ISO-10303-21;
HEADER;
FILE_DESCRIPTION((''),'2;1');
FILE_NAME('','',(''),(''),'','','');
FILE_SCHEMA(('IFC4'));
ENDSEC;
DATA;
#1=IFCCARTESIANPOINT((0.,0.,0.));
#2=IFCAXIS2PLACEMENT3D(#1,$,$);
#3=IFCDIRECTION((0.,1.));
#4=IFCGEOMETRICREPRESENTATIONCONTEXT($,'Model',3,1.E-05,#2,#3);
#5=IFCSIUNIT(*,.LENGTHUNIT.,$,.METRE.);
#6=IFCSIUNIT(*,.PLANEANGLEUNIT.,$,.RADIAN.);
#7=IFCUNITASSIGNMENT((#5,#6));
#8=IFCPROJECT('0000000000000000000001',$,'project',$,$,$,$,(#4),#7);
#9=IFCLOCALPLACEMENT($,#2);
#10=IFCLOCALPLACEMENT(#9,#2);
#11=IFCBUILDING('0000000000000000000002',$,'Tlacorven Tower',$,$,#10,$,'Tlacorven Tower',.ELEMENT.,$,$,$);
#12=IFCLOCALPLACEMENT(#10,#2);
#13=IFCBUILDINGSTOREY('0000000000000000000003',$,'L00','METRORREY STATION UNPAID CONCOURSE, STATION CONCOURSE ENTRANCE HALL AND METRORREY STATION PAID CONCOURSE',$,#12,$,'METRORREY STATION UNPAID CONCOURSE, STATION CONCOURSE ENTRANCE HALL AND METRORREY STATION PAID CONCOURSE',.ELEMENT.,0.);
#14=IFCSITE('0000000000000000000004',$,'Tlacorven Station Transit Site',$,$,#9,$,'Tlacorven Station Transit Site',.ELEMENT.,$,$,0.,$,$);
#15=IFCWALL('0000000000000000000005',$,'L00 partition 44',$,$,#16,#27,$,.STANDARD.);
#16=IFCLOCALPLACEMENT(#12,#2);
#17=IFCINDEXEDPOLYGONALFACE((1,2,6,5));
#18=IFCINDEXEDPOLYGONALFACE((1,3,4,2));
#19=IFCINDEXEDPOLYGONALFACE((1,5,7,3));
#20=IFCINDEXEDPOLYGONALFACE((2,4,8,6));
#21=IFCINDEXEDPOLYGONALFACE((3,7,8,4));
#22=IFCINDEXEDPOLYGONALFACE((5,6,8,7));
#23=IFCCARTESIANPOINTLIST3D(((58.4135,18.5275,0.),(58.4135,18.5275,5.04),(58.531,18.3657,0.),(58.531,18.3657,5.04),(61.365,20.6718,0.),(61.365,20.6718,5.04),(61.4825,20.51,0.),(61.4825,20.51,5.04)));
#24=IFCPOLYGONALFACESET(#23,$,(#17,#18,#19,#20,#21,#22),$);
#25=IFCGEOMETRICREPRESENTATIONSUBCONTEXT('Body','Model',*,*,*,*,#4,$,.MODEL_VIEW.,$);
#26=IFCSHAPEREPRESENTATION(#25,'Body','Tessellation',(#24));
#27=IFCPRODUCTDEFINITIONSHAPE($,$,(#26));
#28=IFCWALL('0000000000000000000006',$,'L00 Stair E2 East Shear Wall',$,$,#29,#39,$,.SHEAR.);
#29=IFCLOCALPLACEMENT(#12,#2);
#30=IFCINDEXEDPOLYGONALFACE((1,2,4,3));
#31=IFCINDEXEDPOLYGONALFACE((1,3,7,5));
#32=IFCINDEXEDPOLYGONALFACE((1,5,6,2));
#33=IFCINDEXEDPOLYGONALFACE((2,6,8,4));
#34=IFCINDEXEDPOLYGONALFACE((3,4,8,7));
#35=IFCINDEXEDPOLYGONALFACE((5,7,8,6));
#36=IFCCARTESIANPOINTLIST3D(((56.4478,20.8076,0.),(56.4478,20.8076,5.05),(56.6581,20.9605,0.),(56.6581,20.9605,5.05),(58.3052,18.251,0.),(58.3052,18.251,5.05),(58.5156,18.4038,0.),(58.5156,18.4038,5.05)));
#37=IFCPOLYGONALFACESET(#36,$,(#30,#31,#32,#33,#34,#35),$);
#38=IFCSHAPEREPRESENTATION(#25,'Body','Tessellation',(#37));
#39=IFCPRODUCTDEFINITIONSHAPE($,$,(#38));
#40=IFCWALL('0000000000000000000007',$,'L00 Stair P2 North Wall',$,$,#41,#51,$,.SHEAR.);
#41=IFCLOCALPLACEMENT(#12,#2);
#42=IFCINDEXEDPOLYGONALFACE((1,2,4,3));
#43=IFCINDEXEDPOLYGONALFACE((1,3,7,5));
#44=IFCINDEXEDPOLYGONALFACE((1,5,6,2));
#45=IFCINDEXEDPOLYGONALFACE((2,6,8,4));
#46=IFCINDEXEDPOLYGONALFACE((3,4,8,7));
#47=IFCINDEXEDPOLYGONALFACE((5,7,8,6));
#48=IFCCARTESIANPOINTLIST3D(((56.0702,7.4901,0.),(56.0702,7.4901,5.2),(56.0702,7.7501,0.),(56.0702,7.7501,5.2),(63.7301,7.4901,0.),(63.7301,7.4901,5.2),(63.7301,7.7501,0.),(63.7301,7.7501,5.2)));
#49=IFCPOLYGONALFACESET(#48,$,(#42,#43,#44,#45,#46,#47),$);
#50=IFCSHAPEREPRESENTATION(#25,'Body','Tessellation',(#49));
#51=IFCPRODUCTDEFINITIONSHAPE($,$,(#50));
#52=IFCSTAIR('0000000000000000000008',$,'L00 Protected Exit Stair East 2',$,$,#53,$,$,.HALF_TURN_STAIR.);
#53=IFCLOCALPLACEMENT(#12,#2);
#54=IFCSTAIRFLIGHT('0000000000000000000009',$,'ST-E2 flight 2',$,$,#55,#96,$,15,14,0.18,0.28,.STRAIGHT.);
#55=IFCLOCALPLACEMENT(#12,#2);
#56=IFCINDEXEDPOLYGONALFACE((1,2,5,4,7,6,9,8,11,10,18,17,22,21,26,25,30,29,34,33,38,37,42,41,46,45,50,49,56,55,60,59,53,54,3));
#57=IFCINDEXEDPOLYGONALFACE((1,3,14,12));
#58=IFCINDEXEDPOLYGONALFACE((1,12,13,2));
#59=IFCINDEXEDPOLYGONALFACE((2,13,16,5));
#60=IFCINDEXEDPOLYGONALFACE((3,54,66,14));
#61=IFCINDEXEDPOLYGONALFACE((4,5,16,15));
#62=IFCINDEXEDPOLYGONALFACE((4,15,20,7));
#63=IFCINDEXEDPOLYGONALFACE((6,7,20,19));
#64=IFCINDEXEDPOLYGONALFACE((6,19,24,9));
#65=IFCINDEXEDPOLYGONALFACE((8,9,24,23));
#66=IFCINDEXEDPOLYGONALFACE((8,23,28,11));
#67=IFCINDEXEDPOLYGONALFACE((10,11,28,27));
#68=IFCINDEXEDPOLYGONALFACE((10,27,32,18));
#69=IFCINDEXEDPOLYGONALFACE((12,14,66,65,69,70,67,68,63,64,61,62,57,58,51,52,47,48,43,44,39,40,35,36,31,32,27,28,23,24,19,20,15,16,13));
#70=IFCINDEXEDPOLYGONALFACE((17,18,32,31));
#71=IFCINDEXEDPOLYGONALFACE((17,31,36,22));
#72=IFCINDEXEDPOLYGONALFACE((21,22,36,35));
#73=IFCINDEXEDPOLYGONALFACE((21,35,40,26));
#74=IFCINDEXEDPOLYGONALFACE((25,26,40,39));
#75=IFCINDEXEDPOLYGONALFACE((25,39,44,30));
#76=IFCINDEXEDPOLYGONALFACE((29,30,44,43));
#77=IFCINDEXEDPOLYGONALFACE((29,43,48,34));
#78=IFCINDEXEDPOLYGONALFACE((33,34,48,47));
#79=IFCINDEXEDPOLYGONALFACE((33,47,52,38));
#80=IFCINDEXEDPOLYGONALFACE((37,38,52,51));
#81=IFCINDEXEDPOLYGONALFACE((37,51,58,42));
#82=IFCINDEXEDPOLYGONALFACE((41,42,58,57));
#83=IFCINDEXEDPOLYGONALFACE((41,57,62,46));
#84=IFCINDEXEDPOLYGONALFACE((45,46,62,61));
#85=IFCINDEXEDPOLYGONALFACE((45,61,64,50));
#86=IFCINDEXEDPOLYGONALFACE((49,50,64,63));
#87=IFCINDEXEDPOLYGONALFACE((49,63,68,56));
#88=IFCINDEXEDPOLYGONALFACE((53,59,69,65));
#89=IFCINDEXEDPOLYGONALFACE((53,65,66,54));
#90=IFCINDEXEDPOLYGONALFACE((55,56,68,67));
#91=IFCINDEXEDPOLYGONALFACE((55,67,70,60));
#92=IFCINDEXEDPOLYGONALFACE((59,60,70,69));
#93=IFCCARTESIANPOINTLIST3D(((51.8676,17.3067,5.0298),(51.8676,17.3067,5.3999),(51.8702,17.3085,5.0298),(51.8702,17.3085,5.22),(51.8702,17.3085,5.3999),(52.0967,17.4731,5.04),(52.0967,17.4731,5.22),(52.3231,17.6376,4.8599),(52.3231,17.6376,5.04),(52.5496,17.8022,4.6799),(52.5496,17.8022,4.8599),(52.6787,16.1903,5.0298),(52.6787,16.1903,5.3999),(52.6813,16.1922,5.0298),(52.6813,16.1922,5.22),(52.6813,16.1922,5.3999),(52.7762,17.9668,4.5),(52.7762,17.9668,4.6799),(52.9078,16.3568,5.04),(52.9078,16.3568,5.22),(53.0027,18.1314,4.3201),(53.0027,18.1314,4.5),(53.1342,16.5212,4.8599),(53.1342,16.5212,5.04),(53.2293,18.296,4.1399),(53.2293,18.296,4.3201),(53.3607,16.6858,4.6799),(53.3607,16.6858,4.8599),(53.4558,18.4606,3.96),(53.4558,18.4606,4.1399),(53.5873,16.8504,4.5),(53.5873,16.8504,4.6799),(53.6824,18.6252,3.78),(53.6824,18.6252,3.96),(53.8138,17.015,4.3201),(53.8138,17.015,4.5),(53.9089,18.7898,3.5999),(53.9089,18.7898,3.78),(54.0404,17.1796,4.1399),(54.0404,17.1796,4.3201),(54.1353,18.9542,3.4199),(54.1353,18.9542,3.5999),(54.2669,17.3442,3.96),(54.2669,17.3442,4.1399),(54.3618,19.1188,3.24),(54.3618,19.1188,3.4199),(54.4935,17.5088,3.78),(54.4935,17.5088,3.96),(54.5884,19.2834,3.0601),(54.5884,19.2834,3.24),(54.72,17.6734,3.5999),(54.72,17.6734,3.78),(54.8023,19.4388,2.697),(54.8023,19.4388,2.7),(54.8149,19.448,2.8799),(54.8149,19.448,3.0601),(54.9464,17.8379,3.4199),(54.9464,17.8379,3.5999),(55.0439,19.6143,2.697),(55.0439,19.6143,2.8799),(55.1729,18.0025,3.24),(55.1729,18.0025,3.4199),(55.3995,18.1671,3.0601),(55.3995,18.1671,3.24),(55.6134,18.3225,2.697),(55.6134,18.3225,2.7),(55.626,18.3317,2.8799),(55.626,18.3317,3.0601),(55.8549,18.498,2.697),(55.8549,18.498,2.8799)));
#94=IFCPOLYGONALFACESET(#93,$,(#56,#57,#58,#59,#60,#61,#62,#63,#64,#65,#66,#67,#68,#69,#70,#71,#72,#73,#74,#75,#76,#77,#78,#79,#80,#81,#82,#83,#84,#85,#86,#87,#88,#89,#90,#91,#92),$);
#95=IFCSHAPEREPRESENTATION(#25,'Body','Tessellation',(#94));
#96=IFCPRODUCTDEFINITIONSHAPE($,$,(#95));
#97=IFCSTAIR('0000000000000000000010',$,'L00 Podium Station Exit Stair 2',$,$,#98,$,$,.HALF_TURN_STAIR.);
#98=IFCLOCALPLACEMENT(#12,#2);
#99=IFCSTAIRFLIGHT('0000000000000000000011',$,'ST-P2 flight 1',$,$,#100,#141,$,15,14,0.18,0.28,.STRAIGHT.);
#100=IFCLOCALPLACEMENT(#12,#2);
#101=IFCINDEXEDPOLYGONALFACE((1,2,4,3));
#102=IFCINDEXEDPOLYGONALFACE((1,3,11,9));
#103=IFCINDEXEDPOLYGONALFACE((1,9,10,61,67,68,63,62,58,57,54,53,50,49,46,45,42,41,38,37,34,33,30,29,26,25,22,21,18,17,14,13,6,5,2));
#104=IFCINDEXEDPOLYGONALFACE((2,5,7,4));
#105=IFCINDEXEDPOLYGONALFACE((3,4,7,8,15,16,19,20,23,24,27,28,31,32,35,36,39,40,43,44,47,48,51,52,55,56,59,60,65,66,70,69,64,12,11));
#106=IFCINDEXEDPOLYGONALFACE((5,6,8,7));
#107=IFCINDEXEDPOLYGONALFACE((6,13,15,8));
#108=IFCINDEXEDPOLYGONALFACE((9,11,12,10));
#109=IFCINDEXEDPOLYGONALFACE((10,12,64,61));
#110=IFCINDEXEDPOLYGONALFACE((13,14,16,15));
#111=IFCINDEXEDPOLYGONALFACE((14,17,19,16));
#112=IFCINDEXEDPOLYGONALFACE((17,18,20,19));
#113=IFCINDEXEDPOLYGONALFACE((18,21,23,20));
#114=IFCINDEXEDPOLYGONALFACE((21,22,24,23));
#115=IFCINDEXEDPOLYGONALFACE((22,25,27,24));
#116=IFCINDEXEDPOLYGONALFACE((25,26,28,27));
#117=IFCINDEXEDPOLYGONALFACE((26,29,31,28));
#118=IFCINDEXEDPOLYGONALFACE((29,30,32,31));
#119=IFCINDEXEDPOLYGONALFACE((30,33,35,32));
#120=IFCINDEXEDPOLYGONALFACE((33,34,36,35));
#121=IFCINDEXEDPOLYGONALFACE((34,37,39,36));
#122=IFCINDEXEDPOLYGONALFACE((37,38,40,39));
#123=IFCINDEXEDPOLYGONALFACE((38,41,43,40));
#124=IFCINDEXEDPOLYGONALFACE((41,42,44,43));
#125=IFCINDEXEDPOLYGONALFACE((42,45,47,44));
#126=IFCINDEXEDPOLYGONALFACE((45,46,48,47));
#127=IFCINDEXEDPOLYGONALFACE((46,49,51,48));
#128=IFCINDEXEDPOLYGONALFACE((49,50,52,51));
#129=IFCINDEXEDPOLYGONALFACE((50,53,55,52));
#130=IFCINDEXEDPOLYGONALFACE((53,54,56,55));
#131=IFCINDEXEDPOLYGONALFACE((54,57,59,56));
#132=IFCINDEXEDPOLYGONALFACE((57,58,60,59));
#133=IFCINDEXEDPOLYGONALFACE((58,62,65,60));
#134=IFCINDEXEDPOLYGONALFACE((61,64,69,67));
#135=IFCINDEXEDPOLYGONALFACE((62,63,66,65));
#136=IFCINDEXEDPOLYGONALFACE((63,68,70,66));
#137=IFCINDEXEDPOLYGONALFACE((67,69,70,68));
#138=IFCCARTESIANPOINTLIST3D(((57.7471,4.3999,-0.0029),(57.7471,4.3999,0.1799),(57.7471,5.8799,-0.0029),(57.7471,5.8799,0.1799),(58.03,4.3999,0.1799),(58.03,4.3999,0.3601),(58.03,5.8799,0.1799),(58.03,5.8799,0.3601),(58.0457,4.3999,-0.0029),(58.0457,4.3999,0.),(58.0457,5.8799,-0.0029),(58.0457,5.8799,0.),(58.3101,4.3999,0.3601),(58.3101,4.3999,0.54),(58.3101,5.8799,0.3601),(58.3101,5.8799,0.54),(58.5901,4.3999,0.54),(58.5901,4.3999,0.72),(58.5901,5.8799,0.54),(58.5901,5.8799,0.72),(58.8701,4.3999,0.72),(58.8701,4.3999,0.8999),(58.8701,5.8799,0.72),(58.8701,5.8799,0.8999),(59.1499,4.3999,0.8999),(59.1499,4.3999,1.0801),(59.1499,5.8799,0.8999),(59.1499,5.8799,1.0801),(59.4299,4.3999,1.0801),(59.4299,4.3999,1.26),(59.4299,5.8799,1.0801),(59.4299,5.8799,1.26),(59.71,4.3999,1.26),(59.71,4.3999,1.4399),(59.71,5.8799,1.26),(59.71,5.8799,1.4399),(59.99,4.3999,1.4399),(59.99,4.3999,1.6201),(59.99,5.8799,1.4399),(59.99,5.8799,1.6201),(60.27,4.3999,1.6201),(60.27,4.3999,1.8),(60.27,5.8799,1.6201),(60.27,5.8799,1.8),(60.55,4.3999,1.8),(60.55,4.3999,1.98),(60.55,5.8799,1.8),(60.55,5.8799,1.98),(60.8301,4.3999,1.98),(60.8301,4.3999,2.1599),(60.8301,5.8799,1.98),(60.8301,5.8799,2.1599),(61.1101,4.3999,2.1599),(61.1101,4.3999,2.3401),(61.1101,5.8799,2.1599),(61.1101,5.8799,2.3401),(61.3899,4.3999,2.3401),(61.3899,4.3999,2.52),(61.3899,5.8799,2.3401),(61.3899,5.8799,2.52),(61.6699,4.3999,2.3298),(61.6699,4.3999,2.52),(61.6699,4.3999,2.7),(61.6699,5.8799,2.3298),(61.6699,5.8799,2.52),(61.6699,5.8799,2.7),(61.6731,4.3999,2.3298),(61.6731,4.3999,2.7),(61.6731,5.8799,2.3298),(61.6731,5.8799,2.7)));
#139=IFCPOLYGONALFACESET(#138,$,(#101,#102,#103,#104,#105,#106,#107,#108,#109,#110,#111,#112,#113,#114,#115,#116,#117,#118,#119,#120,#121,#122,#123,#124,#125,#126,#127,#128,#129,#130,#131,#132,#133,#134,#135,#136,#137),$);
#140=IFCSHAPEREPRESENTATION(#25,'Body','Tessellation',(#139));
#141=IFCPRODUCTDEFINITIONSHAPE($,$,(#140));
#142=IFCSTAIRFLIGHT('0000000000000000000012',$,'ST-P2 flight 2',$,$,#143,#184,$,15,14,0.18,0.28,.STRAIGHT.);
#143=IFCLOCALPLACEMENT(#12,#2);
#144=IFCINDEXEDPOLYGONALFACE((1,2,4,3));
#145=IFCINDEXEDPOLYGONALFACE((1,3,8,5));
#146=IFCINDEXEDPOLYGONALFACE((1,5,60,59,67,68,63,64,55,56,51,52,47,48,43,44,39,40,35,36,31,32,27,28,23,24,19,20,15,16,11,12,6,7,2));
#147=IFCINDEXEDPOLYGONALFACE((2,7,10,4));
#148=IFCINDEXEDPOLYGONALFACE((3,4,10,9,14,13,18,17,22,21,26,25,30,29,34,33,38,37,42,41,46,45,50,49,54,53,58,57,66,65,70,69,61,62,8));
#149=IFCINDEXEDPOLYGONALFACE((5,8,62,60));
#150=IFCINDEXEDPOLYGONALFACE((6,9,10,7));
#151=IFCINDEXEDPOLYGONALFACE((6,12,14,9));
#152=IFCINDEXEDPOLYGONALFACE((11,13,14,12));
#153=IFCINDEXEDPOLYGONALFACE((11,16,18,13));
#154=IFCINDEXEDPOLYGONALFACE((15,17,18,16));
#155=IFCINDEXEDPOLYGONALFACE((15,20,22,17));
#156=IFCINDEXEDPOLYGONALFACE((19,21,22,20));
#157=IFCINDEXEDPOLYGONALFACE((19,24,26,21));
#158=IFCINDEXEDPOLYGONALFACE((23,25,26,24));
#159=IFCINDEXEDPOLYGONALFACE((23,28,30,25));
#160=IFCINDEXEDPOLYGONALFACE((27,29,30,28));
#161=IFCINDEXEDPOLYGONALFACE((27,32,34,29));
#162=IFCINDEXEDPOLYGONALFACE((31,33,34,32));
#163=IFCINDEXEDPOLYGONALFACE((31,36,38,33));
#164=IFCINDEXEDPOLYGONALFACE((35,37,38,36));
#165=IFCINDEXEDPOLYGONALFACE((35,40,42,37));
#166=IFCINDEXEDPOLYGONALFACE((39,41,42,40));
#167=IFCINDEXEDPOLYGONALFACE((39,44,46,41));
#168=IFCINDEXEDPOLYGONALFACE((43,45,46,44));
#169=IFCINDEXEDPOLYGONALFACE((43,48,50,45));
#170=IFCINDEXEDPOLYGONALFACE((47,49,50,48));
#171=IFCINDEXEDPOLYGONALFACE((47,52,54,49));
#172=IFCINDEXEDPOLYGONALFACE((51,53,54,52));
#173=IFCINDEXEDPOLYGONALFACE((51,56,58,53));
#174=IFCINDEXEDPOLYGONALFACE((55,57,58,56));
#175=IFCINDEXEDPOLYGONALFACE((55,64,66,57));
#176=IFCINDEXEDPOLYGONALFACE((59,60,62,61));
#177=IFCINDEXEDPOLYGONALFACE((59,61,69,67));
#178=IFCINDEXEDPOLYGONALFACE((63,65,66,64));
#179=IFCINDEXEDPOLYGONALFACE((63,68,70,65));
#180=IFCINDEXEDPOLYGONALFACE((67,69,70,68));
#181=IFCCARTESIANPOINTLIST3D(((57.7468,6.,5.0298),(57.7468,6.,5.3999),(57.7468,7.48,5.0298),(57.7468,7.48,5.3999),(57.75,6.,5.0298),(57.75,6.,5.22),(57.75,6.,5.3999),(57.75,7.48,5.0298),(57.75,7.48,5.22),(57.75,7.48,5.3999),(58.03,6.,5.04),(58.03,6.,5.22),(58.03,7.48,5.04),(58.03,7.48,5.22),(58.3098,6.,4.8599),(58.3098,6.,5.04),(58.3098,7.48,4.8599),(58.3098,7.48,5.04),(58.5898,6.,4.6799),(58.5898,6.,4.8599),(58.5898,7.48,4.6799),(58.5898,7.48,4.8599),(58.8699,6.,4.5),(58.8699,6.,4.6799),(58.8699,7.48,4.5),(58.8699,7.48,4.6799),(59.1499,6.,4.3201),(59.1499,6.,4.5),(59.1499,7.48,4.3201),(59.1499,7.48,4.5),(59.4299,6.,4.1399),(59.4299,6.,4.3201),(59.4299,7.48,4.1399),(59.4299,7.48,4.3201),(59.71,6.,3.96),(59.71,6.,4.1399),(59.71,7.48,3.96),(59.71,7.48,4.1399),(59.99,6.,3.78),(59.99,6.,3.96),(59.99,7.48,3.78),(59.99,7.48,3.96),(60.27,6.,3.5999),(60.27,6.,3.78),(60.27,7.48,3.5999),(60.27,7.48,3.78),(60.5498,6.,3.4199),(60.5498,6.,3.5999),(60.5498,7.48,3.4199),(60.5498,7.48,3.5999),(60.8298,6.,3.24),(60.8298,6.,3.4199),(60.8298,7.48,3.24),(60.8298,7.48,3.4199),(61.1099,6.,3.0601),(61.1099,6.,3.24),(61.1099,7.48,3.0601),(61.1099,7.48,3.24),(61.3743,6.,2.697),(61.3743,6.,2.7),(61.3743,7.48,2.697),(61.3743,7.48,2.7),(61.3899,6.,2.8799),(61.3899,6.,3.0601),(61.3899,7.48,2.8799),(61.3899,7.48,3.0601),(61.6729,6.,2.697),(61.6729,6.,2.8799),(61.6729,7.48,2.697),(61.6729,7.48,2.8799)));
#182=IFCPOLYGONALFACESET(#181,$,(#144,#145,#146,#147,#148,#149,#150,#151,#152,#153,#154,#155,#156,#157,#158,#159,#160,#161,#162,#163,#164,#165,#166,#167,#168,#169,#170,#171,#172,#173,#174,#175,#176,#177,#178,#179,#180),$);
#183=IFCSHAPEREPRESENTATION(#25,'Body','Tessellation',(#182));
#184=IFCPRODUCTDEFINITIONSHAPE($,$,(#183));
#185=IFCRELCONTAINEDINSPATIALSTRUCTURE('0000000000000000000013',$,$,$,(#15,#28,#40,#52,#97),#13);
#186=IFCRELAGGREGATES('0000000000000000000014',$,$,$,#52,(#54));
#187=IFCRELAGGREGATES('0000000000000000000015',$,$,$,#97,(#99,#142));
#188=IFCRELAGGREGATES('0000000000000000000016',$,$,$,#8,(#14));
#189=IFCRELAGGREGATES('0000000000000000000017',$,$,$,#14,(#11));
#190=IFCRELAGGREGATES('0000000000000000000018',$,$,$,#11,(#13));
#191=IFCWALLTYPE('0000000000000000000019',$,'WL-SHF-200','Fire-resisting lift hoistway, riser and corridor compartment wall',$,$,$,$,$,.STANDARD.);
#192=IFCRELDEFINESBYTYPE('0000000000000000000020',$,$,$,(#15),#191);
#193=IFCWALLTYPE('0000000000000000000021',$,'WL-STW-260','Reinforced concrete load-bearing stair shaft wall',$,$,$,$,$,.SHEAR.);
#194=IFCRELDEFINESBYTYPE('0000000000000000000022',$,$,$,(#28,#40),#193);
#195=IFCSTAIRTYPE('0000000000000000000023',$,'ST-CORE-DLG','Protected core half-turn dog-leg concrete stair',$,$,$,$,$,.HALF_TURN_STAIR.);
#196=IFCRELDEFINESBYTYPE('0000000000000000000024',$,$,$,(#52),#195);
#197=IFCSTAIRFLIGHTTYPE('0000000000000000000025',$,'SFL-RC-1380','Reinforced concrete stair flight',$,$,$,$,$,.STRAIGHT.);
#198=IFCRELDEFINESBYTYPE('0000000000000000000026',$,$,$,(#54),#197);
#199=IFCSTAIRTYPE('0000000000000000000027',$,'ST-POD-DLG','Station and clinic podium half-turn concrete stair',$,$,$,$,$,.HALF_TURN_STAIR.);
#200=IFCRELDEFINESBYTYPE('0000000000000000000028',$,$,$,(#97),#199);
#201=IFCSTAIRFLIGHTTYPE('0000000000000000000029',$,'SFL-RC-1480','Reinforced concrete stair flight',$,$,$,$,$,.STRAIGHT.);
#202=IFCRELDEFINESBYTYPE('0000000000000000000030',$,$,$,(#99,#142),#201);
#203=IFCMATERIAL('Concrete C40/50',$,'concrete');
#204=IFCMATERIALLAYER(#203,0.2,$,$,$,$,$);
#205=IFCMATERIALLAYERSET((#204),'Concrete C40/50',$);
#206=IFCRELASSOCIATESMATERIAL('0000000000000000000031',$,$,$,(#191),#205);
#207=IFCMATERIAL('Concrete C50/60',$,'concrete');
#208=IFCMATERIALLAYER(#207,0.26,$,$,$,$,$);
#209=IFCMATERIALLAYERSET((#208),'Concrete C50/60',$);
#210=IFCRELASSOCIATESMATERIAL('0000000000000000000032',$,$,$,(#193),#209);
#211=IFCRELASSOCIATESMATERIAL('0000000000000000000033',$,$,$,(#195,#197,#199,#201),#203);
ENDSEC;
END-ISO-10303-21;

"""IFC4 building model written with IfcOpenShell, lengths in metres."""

from ifc_helpers import new_model, si_unit, direction, frame, frame_2d, origin, place, context, subcontext, project, spatial, polyline, rectangle, outline, extrude, source, transform, mapped, material, layer, layer_set, type_object, element, aggregate, save


model = new_model("IFC4")

# Units and contexts
model_context = context("Model", 3, precision=1e-05, world=origin(), true_north=direction((0.0, 1.0)))
body_context = subcontext(model_context, "Body", "Model", "MODEL_VIEW")
ifc_project = project(units=[si_unit("LENGTHUNIT", "METRE"), si_unit("PLANEANGLEUNIT", "RADIAN")], contexts=[model_context])

# Site, building, storey
site_placement = place(None, origin())
site = spatial("IfcSite", under=ifc_project, at=site_placement, Name="Tlacorven Station Transit Site", LongName="Tlacorven Station Transit Site", CompositionType="ELEMENT", RefElevation=0.0)
building_placement = place(site_placement, origin())
building = spatial("IfcBuilding", under=site, at=building_placement, Name="Tlacorven Tower", LongName="Tlacorven Tower", CompositionType="ELEMENT")
storey_placement = place(building_placement, origin())
storey = spatial("IfcBuildingStorey", under=building, at=storey_placement, Name="L00", Description="METRORREY STATION UNPAID CONCOURSE, STATION CONCOURSE ENTRANCE HALL AND METRORREY STATION PAID CONCOURSE", LongName="METRORREY STATION UNPAID CONCOURSE, STATION CONCOURSE ENTRANCE HALL AND METRORREY STATION PAID CONCOURSE", CompositionType="ELEMENT", Elevation=0.0)

# Walls
ifc_material_1 = material(Name="Concrete C40/50", Category="concrete")
ifc_layer_1 = layer(ifc_material_1, 0.2)
ifc_layer_set_1 = layer_set([ifc_layer_1], Name="Concrete C40/50")
wall_type_1 = type_object("IfcWallType", Name="WL-SHF-200", Description="Fire-resisting lift hoistway, riser and corridor compartment wall", PredefinedType="STANDARD", material=ifc_layer_set_1)
wall_1_placement = place(storey_placement, frame((58.4722, 18.4465, 0.0), z_axis=(0.0, 0.0, 1.0), x_axis=(0.809022, 0.587778, 0.0)))
element("IfcWall", 1, at=wall_1_placement, inside=storey, type_object=wall_type_1, Name="L00 partition 44", PredefinedType="STANDARD", context=body_context, shape_type="SweptSolid", body=[
    extrude(rectangle(XDim=3.6482, YDim=0.2, at=frame_2d((1.8242, 0.0))), origin(), (0.0, 0.0, 1.0), 5.04),
])
ifc_material_2 = material(Name="Concrete C50/60", Category="concrete")
ifc_layer_2 = layer(ifc_material_2, 0.26)
ifc_layer_set_2 = layer_set([ifc_layer_2], Name="Concrete C50/60")
wall_type_2 = type_object("IfcWallType", Name="WL-STW-260", Description="Reinforced concrete load-bearing stair shaft wall", PredefinedType="SHEAR", material=ifc_layer_set_2)
wall_2_placement = place(storey_placement, frame((58.4104, 18.3274, 0.0), z_axis=(0.0, 0.0, 1.0), x_axis=(-0.587767, 0.80903, 0.0)))
element("IfcWall", 2, at=wall_2_placement, inside=storey, type_object=wall_type_2, Name="L00 Stair E2 East Shear Wall", PredefinedType="SHEAR", context=body_context, shape_type="SweptSolid", body=[
    extrude(rectangle(XDim=3.1602, YDim=0.26, at=frame_2d((1.5801, 0.0))), origin(), (0.0, 0.0, 1.0), 5.05),
])
wall_3_placement = place(storey_placement, frame((56.0701, 7.6201, 0.0), z_axis=(0.0, 0.0, 1.0), x_axis=(1.0, 0.0, 0.0)))
element("IfcWall", 3, at=wall_3_placement, inside=storey, type_object=wall_type_2, Name="L00 Stair P2 North Wall", PredefinedType="SHEAR", context=body_context, shape_type="SweptSolid", body=[
    extrude(rectangle(XDim=7.6599, YDim=0.26, at=frame_2d((3.8301, 0.0))), origin(), (0.0, 0.0, 1.0), 5.2),
])

# Stair, stair flight
stair_type_1 = type_object("IfcStairType", Name="ST-CORE-DLG", Description="Protected core half-turn dog-leg concrete stair", PredefinedType="HALF_TURN_STAIR", material=ifc_material_1)
stair_1_placement = place(storey_placement, origin())
stair_1 = element("IfcStair", 4, at=stair_1_placement, inside=storey, type_object=stair_type_1, Name="L00 Protected Exit Stair East 2", PredefinedType="HALF_TURN_STAIR")
stair_flight_type_1 = type_object("IfcStairFlightType", Name="SFL-RC-1380", Description="Reinforced concrete stair flight", PredefinedType="STRAIGHT", material=ifc_material_1)
shared_shape_1 = source(origin(), body_context, "Body", "SweptSolid", [
    extrude(outline(polyline([(-0.0029, -0.0029), (-0.0029, 0.1799), (0.28, 0.1799), (0.28, 0.3601), (0.5601, 0.3601), (0.5601, 0.54), (0.8401, 0.54), (0.8401, 0.72), (1.1201, 0.72), (1.1201, 0.8999), (1.3999, 0.8999), (1.3999, 1.0801), (1.6799, 1.0801), (1.6799, 1.26), (1.96, 1.26), (1.96, 1.4399), (2.24, 1.4399), (2.24, 1.6201), (2.52, 1.6201), (2.52, 1.8), (2.8, 1.8), (2.8, 1.98), (3.0801, 1.98), (3.0801, 2.1599), (3.3601, 2.1599), (3.3601, 2.3401), (3.6399, 2.3401), (3.6399, 2.52), (3.9199, 2.52), (3.9199, 2.7), (3.9231, 2.7), (3.9231, 2.3298), (3.9199, 2.3298), (0.2957, 0.0), (0.2957, -0.0029), (-0.0029, -0.0029)])), frame((0.0, 0.6899, 0.0), z_axis=(0.0, -1.0, 0.0), x_axis=(1.0, 0.0, 0.0)), (0.0, 0.0, 1.0), 1.3799),
])
stair_flight_1_placement = place(storey_placement, frame((55.447, 19.0544, 2.7), z_axis=(0.0, 0.0, 1.0), x_axis=(-0.809017, -0.587785, 0.0)))
stair_flight_1 = element("IfcStairFlight", 5, at=stair_flight_1_placement, type_object=stair_flight_type_1, Name="ST-E2 flight 2", NumberOfRisers=15, NumberOfTreads=14, PredefinedType="STRAIGHT", RiserHeight=0.18, TreadLength=0.28, context=body_context, shape_type="MappedRepresentation", body=[
    mapped(shared_shape_1, transform((0.0, 0.0, 0.0), scale=1.0)),
])
aggregate(stair_1, [stair_flight_1])

# Stair, stair flights
stair_type_2 = type_object("IfcStairType", Name="ST-POD-DLG", Description="Station and clinic podium half-turn concrete stair", PredefinedType="HALF_TURN_STAIR", material=ifc_material_1)
stair_2_placement = place(storey_placement, origin())
stair_2 = element("IfcStair", 6, at=stair_2_placement, inside=storey, type_object=stair_type_2, Name="L00 Podium Station Exit Stair 2", PredefinedType="HALF_TURN_STAIR")
stair_flight_type_2 = type_object("IfcStairFlightType", Name="SFL-RC-1480", Description="Reinforced concrete stair flight", PredefinedType="STRAIGHT", material=ifc_material_1)
shared_shape_2 = source(origin(), body_context, "Body", "SweptSolid", [
    extrude(outline(polyline([(-0.0029, -0.0029), (-0.0029, 0.1799), (0.28, 0.1799), (0.28, 0.3601), (0.5601, 0.3601), (0.5601, 0.54), (0.8401, 0.54), (0.8401, 0.72), (1.1201, 0.72), (1.1201, 0.8999), (1.3999, 0.8999), (1.3999, 1.0801), (1.6799, 1.0801), (1.6799, 1.26), (1.96, 1.26), (1.96, 1.4399), (2.24, 1.4399), (2.24, 1.6201), (2.52, 1.6201), (2.52, 1.8), (2.8, 1.8), (2.8, 1.98), (3.0801, 1.98), (3.0801, 2.1599), (3.3601, 2.1599), (3.3601, 2.3401), (3.6399, 2.3401), (3.6399, 2.52), (3.9199, 2.52), (3.9199, 2.7), (3.9231, 2.7), (3.9231, 2.3298), (3.9199, 2.3298), (0.2957, 0.0), (0.2957, -0.0029), (-0.0029, -0.0029)])), frame((0.0, 0.74, 0.0), z_axis=(0.0, -1.0, 0.0), x_axis=(1.0, 0.0, 0.0)), (0.0, 0.0, 1.0), 1.48),
])
stair_flight_2_placement = place(storey_placement, frame((57.75, 5.1399, 0.0), z_axis=(0.0, 0.0, 1.0), x_axis=(1.0, 0.0, 0.0)))
stair_flight_2 = element("IfcStairFlight", 7, at=stair_flight_2_placement, type_object=stair_flight_type_2, Name="ST-P2 flight 1", NumberOfRisers=15, NumberOfTreads=14, PredefinedType="STRAIGHT", RiserHeight=0.18, TreadLength=0.28, context=body_context, shape_type="MappedRepresentation", body=[
    mapped(shared_shape_2, transform((0.0, 0.0, 0.0), scale=1.0)),
])
stair_flight_3_placement = place(storey_placement, frame((61.6699, 6.74, 2.7), z_axis=(0.0, 0.0, 1.0), x_axis=(-1.0, 0.0, 0.0)))
stair_flight_3 = element("IfcStairFlight", 8, at=stair_flight_3_placement, type_object=stair_flight_type_2, Name="ST-P2 flight 2", NumberOfRisers=15, NumberOfTreads=14, PredefinedType="STRAIGHT", RiserHeight=0.18, TreadLength=0.28, context=body_context, shape_type="MappedRepresentation", body=[
    mapped(shared_shape_2, transform((0.0, 0.0, 0.0), scale=1.0)),
])
aggregate(stair_2, [stair_flight_2, stair_flight_3])

save(model, "model.ifc")
